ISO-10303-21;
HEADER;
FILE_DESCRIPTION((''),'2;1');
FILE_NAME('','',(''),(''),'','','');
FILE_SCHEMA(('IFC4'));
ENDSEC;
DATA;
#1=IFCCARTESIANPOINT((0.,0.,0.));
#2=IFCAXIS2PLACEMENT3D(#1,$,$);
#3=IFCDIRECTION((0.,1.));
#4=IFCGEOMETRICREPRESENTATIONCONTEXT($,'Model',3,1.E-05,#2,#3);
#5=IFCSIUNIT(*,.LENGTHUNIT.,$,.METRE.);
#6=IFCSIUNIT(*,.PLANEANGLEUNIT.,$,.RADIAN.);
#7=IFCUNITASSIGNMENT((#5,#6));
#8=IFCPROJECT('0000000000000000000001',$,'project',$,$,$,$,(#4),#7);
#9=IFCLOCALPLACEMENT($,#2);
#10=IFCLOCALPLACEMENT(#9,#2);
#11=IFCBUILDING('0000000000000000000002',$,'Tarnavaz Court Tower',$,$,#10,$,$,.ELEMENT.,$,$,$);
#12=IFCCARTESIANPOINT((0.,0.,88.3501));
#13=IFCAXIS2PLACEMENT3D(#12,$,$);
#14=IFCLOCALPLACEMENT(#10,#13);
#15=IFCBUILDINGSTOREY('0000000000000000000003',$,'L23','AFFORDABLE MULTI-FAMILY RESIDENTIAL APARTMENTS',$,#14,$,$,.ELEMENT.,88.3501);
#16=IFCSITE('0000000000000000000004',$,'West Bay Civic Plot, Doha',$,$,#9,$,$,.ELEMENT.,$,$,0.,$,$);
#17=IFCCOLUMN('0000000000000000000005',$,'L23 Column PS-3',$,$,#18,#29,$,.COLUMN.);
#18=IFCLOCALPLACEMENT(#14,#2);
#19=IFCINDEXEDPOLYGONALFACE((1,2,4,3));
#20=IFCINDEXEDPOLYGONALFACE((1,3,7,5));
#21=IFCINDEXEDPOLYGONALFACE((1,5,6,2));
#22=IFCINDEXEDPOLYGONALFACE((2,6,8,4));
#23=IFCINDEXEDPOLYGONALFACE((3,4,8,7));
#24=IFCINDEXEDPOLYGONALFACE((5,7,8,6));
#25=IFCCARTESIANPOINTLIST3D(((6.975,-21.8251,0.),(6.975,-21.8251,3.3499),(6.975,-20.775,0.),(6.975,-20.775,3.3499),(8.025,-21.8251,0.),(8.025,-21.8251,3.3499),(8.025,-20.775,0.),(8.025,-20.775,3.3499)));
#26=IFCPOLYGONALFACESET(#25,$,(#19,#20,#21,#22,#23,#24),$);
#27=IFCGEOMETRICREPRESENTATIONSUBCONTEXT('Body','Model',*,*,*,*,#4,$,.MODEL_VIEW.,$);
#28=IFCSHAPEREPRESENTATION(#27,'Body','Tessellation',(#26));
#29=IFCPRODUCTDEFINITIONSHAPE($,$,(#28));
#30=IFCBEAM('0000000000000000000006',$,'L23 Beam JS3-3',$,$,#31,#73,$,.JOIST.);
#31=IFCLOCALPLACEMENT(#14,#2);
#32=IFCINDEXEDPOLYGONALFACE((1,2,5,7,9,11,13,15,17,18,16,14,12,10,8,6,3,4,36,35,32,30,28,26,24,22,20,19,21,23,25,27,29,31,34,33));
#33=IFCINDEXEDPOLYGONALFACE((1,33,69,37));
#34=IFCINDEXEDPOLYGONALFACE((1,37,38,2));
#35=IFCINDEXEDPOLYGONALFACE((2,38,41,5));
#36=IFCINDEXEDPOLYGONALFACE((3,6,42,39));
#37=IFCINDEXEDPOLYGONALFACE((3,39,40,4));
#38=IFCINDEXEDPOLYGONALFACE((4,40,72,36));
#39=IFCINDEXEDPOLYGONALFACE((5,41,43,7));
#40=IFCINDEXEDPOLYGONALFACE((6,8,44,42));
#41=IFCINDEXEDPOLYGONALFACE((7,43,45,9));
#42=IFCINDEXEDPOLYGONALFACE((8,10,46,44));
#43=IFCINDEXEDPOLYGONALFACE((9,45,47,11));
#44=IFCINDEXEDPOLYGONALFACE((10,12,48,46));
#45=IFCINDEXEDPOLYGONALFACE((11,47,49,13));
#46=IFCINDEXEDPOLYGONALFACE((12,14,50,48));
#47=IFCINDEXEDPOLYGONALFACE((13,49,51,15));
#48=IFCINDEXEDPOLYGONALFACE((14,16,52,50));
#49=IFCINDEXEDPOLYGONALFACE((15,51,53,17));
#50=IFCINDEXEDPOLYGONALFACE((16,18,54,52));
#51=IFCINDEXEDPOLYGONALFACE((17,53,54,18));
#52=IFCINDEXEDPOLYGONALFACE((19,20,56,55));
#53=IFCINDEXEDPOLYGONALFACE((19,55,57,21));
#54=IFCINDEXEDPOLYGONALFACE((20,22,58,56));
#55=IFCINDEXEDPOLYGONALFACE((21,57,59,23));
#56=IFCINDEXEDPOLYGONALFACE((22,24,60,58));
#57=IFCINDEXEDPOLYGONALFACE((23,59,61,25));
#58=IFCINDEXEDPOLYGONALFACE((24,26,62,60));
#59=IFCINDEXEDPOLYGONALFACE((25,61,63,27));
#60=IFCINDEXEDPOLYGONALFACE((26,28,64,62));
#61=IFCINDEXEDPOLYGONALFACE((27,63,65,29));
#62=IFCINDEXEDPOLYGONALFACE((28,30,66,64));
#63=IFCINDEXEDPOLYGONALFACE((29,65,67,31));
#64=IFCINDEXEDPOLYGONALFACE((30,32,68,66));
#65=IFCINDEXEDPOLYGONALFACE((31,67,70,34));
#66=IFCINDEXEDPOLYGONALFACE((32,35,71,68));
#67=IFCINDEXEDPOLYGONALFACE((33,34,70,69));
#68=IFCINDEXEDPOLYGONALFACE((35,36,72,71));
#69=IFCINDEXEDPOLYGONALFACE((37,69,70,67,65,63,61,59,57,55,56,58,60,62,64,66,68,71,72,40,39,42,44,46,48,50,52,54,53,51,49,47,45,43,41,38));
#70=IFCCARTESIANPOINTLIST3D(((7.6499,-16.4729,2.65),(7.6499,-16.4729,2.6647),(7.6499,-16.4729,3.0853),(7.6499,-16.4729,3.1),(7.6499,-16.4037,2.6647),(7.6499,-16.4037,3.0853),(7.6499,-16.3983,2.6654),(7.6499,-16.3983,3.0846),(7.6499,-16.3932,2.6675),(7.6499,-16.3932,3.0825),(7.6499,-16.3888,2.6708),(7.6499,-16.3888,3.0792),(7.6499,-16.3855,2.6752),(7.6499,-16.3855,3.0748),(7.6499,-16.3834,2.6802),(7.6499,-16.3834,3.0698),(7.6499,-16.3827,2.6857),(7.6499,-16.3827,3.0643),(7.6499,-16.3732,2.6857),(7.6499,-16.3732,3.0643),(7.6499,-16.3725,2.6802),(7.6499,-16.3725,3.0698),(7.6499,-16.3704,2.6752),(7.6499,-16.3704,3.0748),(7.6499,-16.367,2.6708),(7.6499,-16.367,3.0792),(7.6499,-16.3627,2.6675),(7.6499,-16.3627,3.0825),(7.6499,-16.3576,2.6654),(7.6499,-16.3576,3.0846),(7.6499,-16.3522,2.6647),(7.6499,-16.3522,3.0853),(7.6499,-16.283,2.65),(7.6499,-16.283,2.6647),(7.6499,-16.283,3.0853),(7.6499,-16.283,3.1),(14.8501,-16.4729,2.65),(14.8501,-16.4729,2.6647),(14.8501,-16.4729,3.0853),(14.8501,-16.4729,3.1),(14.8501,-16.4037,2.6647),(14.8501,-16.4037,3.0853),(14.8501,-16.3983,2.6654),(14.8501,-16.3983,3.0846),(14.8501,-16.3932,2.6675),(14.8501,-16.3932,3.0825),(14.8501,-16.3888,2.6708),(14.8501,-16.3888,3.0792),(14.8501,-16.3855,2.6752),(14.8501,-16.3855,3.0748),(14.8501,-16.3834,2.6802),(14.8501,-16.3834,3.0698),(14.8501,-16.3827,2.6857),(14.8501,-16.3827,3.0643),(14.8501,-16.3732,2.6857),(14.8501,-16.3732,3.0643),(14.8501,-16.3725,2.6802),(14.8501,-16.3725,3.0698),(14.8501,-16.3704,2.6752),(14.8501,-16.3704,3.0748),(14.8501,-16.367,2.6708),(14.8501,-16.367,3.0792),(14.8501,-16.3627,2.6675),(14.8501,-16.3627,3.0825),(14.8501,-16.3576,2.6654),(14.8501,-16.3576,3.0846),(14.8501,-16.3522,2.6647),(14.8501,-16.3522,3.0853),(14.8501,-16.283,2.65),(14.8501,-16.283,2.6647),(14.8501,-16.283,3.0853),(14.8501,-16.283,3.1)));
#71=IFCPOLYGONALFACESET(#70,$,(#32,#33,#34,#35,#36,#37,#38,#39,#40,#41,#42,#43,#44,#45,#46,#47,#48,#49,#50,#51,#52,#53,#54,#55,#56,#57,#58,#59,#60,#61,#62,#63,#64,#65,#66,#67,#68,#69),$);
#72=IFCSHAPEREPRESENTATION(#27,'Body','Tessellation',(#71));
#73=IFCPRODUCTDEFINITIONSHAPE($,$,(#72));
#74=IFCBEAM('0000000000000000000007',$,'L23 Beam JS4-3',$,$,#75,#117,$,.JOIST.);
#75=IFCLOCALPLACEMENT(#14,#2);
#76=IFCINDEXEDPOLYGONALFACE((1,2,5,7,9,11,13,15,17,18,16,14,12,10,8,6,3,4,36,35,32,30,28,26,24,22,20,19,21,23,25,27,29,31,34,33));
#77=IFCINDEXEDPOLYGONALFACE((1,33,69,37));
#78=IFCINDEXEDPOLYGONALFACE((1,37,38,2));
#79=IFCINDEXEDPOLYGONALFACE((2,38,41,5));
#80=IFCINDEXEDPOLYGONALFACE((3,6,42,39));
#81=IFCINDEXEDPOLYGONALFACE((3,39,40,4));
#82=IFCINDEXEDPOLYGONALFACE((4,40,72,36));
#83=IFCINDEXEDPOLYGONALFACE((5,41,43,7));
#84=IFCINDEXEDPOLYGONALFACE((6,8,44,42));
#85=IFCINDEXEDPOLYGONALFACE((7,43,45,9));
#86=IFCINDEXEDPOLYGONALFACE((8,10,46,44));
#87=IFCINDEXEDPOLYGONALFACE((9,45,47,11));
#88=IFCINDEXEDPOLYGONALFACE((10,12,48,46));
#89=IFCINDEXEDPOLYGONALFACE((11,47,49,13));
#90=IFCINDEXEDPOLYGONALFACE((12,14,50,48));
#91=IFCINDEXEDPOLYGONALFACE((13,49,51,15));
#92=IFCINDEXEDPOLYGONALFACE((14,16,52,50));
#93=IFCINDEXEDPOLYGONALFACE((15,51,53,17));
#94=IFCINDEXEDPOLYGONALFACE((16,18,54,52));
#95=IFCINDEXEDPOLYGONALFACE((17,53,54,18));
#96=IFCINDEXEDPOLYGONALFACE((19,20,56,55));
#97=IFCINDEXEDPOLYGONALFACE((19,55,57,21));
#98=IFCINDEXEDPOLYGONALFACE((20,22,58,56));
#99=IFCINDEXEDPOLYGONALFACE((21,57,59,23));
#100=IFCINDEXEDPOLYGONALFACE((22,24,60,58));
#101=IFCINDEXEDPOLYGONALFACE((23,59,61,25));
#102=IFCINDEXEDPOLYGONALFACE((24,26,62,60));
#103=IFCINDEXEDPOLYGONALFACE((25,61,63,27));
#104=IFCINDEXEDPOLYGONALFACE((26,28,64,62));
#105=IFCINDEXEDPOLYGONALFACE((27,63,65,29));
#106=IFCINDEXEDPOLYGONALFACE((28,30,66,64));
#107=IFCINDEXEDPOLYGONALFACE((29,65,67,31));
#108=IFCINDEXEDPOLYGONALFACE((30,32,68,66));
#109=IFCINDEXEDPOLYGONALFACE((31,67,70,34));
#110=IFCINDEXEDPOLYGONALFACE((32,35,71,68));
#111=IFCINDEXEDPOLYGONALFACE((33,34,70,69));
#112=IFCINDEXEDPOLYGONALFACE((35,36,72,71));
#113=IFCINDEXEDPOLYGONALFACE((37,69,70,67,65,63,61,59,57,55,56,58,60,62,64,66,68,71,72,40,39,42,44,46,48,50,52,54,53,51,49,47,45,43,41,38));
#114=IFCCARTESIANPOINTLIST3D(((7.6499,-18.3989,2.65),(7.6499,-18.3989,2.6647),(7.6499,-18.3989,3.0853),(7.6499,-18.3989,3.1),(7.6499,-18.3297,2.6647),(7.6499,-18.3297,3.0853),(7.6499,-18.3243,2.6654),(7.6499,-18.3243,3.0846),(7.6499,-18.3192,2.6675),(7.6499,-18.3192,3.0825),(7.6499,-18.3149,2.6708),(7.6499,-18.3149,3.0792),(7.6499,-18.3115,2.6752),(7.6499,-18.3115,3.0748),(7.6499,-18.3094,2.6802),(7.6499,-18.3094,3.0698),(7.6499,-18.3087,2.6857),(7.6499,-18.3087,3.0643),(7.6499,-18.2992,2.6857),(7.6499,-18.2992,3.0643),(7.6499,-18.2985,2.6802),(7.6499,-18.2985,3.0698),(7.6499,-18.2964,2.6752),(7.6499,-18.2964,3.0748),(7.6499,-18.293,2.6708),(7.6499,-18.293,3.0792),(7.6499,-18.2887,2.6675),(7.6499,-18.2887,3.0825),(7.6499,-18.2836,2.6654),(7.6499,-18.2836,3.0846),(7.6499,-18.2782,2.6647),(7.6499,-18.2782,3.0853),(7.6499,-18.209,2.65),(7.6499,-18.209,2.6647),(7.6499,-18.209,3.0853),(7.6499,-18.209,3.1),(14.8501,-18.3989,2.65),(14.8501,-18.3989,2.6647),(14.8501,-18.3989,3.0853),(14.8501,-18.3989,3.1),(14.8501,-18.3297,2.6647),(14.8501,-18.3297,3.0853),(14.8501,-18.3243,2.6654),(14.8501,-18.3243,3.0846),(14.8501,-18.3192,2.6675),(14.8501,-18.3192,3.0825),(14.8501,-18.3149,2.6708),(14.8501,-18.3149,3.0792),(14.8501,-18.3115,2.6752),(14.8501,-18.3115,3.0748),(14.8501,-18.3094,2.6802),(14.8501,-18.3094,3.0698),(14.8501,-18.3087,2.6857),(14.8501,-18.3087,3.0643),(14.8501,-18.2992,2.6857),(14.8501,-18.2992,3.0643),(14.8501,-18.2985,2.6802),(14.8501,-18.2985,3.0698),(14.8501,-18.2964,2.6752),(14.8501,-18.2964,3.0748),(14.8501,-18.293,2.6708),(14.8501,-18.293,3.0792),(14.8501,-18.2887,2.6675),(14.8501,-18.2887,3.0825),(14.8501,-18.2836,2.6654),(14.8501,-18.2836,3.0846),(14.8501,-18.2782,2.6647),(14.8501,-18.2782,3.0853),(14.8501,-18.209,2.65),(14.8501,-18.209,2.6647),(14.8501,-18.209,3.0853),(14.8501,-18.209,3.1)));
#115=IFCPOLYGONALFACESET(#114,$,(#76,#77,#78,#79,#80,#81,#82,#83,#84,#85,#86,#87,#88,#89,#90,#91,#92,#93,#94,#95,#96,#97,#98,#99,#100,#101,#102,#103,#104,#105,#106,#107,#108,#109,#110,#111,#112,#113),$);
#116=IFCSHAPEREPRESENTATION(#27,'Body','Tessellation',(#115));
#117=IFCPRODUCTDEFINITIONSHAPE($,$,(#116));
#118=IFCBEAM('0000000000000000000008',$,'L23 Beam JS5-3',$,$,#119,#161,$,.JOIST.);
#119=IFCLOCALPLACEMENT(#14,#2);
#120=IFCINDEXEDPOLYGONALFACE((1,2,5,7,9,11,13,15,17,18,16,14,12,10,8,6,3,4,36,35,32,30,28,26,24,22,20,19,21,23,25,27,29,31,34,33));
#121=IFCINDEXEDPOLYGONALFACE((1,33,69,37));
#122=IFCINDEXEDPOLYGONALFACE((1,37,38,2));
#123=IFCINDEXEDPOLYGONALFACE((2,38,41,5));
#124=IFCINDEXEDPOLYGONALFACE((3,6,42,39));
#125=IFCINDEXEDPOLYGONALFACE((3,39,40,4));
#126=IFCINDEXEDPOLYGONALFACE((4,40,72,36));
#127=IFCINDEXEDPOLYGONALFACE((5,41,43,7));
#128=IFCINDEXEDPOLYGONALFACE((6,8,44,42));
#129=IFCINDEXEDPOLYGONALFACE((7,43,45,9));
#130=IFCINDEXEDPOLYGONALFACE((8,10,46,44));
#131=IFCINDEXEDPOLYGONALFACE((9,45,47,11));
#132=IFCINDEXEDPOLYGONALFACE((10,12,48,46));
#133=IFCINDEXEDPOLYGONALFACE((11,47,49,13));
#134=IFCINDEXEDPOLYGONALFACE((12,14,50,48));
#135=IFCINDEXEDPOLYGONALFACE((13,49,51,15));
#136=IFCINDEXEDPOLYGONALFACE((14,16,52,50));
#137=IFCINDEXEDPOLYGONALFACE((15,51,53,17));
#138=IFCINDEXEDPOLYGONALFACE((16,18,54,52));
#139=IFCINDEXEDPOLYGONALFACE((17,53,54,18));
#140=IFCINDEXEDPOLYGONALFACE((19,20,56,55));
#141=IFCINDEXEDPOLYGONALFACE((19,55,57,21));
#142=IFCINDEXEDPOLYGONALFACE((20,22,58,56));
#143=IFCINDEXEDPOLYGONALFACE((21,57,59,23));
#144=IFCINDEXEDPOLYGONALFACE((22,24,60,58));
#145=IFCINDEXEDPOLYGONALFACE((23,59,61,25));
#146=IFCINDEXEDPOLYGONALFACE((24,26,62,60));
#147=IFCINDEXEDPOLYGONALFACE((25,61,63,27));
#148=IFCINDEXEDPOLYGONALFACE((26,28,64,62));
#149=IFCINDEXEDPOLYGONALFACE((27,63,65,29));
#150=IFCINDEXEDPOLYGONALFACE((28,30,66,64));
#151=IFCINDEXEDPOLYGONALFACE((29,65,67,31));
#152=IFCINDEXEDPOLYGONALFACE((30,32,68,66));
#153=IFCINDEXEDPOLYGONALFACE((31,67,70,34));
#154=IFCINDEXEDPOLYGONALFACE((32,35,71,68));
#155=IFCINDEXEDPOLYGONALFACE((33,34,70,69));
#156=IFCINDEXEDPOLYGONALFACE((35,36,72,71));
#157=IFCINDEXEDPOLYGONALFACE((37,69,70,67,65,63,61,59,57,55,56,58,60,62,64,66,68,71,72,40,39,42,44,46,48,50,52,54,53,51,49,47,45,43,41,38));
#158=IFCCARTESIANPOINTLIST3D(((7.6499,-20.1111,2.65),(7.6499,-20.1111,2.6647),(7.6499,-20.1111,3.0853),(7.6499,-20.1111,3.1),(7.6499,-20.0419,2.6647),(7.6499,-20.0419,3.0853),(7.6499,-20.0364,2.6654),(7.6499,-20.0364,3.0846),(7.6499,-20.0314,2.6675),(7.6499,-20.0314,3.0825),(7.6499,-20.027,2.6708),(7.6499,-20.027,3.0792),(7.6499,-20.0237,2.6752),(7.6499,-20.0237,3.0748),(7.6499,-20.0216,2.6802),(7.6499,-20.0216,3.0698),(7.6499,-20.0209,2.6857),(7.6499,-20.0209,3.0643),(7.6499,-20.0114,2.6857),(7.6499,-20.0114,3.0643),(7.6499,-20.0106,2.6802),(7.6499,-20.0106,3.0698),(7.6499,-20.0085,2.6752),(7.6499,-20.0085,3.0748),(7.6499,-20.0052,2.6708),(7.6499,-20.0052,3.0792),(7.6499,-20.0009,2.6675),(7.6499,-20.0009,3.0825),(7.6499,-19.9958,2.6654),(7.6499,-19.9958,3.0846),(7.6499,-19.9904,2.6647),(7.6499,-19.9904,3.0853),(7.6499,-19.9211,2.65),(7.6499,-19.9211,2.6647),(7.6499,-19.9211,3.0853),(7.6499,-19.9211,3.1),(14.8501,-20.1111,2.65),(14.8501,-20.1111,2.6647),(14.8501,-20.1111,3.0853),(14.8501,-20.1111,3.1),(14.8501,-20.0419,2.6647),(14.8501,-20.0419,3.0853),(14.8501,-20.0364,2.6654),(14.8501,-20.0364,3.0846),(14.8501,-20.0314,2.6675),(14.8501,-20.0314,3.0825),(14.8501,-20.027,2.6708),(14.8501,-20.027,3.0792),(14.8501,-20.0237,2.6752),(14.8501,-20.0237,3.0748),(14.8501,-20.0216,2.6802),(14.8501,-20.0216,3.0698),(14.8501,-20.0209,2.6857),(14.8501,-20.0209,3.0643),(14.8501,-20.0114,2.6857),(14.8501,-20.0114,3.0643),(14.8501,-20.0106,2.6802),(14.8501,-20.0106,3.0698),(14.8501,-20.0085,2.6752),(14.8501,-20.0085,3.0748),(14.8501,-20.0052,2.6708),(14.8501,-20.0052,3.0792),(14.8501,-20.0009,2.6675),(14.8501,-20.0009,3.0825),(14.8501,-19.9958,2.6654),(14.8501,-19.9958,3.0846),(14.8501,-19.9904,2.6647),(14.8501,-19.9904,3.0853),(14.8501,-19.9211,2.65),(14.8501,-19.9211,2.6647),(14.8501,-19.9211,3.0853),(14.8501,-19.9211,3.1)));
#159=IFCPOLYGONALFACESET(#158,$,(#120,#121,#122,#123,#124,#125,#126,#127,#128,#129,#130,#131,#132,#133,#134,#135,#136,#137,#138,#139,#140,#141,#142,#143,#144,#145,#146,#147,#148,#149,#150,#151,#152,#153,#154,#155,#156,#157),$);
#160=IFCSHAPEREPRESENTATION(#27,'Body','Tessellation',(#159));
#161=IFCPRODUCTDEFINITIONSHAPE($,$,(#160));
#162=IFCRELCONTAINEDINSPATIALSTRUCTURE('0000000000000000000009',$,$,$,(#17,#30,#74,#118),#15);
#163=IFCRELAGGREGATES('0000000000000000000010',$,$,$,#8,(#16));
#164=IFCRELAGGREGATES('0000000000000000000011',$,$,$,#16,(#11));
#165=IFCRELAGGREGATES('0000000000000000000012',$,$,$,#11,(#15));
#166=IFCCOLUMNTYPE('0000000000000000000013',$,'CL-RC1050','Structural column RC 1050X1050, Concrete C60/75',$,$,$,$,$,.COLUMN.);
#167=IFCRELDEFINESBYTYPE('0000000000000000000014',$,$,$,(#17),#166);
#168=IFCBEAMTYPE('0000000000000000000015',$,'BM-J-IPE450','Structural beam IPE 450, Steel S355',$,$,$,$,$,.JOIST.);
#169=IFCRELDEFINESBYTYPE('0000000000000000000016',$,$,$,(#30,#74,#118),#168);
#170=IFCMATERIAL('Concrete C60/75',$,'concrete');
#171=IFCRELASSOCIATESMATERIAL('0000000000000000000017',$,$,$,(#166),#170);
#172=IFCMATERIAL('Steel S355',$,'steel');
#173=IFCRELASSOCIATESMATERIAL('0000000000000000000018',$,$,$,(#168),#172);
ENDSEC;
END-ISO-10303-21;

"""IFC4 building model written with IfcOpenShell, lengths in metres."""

from ifc_helpers import new_model, si_unit, direction, frame, origin, origin_2d, place, context, subcontext, project, spatial, rectangle, i_section, extrude, material, material_profile, profile_set, type_object, element, save


model = new_model("IFC4")

# Units and contexts
model_context = context("Model", 3, precision=1e-05, world=origin(), true_north=direction((0.0, 1.0)))
body_context = subcontext(model_context, "Body", "Model", "MODEL_VIEW")
ifc_project = project(units=[si_unit("LENGTHUNIT", "METRE"), si_unit("PLANEANGLEUNIT", "RADIAN")], contexts=[model_context])

# Site, building, storey
site_placement = place(None, origin())
site = spatial("IfcSite", under=ifc_project, at=site_placement, Name="West Bay Civic Plot, Doha", CompositionType="ELEMENT", RefElevation=0.0)
building_placement = place(site_placement, origin())
building = spatial("IfcBuilding", under=site, at=building_placement, Name="Tarnavaz Court Tower", CompositionType="ELEMENT")
storey_placement = place(building_placement, frame((0.0, 0.0, 88.3501)))
storey = spatial("IfcBuildingStorey", under=building, at=storey_placement, Name="L23", Description="AFFORDABLE MULTI-FAMILY RESIDENTIAL APARTMENTS", CompositionType="ELEMENT", Elevation=88.3501)

# Column
ifc_material_1 = material(Name="Concrete C60/75", Category="concrete")
ifc_material_profile_1 = material_profile(ifc_material_1, rectangle(XDim=1.05, YDim=1.05, at=origin_2d()), Name="RC 1050X1050")
ifc_profile_set_1 = profile_set([ifc_material_profile_1], Name="Concrete C60/75")
column_type = type_object("IfcColumnType", Name="CL-RC1050", Description="Structural column RC 1050X1050, Concrete C60/75", PredefinedType="COLUMN", material=ifc_profile_set_1)
column_placement = place(storey_placement, frame((7.5, -21.3, 0.0), z_axis=(0.0, 0.0, 1.0), x_axis=(1.0, 0.0, 0.0)))
element("IfcColumn", 1, at=column_placement, inside=storey, type_object=column_type, Name="L23 Column PS-3", PredefinedType="COLUMN", context=body_context, shape_type="SweptSolid", body=[
    extrude(rectangle(XDim=1.05, YDim=1.05, at=origin_2d()), origin(), (0.0, 0.0, 1.0), 3.3499),
])

# Beams
ifc_material_2 = material(Name="Steel S355", Category="steel")
ifc_material_profile_2 = material_profile(ifc_material_2, i_section(OverallWidth=0.1899, OverallDepth=0.45, WebThickness=0.0095, FlangeThickness=0.0146, FilletRadius=0.021, at=origin_2d()), Name="IPE 450")
ifc_profile_set_2 = profile_set([ifc_material_profile_2], Name="Steel S355")
beam_type_1 = type_object("IfcBeamType", Name="BM-J-IPE450", Description="Structural beam IPE 450, Steel S355", PredefinedType="JOIST", material=ifc_profile_set_2)
for number, where, z_axis, x_axis, name in (
    (2, (7.6499, -16.3779, 2.875), (1.0, 0.0, 0.0), (0.0, 1.0, 0.0), "L23 Beam JS3-3"),
    (3, (7.6499, -18.304, 2.875), (1.0, 0.0, 0.0), (0.0, 1.0, 0.0), "L23 Beam JS4-3"),
    (4, (7.6499, -20.0161, 2.875), (1.0, 0.0, 0.0), (0.0, 1.0, 0.0), "L23 Beam JS5-3"),
):
    element("IfcBeam", number, at=place(storey_placement, frame(where, z_axis=z_axis, x_axis=x_axis)), inside=storey, type_object=beam_type_1, Name=name, PredefinedType="JOIST", context=body_context, shape_type="SweptSolid", body=[
        extrude(i_section(OverallWidth=0.1899, OverallDepth=0.45, WebThickness=0.0095, FlangeThickness=0.0146, FilletRadius=0.021, at=origin_2d()), origin(), (0.0, 0.0, 1.0), 7.2002),
    ])

save(model, "model.ifc")
